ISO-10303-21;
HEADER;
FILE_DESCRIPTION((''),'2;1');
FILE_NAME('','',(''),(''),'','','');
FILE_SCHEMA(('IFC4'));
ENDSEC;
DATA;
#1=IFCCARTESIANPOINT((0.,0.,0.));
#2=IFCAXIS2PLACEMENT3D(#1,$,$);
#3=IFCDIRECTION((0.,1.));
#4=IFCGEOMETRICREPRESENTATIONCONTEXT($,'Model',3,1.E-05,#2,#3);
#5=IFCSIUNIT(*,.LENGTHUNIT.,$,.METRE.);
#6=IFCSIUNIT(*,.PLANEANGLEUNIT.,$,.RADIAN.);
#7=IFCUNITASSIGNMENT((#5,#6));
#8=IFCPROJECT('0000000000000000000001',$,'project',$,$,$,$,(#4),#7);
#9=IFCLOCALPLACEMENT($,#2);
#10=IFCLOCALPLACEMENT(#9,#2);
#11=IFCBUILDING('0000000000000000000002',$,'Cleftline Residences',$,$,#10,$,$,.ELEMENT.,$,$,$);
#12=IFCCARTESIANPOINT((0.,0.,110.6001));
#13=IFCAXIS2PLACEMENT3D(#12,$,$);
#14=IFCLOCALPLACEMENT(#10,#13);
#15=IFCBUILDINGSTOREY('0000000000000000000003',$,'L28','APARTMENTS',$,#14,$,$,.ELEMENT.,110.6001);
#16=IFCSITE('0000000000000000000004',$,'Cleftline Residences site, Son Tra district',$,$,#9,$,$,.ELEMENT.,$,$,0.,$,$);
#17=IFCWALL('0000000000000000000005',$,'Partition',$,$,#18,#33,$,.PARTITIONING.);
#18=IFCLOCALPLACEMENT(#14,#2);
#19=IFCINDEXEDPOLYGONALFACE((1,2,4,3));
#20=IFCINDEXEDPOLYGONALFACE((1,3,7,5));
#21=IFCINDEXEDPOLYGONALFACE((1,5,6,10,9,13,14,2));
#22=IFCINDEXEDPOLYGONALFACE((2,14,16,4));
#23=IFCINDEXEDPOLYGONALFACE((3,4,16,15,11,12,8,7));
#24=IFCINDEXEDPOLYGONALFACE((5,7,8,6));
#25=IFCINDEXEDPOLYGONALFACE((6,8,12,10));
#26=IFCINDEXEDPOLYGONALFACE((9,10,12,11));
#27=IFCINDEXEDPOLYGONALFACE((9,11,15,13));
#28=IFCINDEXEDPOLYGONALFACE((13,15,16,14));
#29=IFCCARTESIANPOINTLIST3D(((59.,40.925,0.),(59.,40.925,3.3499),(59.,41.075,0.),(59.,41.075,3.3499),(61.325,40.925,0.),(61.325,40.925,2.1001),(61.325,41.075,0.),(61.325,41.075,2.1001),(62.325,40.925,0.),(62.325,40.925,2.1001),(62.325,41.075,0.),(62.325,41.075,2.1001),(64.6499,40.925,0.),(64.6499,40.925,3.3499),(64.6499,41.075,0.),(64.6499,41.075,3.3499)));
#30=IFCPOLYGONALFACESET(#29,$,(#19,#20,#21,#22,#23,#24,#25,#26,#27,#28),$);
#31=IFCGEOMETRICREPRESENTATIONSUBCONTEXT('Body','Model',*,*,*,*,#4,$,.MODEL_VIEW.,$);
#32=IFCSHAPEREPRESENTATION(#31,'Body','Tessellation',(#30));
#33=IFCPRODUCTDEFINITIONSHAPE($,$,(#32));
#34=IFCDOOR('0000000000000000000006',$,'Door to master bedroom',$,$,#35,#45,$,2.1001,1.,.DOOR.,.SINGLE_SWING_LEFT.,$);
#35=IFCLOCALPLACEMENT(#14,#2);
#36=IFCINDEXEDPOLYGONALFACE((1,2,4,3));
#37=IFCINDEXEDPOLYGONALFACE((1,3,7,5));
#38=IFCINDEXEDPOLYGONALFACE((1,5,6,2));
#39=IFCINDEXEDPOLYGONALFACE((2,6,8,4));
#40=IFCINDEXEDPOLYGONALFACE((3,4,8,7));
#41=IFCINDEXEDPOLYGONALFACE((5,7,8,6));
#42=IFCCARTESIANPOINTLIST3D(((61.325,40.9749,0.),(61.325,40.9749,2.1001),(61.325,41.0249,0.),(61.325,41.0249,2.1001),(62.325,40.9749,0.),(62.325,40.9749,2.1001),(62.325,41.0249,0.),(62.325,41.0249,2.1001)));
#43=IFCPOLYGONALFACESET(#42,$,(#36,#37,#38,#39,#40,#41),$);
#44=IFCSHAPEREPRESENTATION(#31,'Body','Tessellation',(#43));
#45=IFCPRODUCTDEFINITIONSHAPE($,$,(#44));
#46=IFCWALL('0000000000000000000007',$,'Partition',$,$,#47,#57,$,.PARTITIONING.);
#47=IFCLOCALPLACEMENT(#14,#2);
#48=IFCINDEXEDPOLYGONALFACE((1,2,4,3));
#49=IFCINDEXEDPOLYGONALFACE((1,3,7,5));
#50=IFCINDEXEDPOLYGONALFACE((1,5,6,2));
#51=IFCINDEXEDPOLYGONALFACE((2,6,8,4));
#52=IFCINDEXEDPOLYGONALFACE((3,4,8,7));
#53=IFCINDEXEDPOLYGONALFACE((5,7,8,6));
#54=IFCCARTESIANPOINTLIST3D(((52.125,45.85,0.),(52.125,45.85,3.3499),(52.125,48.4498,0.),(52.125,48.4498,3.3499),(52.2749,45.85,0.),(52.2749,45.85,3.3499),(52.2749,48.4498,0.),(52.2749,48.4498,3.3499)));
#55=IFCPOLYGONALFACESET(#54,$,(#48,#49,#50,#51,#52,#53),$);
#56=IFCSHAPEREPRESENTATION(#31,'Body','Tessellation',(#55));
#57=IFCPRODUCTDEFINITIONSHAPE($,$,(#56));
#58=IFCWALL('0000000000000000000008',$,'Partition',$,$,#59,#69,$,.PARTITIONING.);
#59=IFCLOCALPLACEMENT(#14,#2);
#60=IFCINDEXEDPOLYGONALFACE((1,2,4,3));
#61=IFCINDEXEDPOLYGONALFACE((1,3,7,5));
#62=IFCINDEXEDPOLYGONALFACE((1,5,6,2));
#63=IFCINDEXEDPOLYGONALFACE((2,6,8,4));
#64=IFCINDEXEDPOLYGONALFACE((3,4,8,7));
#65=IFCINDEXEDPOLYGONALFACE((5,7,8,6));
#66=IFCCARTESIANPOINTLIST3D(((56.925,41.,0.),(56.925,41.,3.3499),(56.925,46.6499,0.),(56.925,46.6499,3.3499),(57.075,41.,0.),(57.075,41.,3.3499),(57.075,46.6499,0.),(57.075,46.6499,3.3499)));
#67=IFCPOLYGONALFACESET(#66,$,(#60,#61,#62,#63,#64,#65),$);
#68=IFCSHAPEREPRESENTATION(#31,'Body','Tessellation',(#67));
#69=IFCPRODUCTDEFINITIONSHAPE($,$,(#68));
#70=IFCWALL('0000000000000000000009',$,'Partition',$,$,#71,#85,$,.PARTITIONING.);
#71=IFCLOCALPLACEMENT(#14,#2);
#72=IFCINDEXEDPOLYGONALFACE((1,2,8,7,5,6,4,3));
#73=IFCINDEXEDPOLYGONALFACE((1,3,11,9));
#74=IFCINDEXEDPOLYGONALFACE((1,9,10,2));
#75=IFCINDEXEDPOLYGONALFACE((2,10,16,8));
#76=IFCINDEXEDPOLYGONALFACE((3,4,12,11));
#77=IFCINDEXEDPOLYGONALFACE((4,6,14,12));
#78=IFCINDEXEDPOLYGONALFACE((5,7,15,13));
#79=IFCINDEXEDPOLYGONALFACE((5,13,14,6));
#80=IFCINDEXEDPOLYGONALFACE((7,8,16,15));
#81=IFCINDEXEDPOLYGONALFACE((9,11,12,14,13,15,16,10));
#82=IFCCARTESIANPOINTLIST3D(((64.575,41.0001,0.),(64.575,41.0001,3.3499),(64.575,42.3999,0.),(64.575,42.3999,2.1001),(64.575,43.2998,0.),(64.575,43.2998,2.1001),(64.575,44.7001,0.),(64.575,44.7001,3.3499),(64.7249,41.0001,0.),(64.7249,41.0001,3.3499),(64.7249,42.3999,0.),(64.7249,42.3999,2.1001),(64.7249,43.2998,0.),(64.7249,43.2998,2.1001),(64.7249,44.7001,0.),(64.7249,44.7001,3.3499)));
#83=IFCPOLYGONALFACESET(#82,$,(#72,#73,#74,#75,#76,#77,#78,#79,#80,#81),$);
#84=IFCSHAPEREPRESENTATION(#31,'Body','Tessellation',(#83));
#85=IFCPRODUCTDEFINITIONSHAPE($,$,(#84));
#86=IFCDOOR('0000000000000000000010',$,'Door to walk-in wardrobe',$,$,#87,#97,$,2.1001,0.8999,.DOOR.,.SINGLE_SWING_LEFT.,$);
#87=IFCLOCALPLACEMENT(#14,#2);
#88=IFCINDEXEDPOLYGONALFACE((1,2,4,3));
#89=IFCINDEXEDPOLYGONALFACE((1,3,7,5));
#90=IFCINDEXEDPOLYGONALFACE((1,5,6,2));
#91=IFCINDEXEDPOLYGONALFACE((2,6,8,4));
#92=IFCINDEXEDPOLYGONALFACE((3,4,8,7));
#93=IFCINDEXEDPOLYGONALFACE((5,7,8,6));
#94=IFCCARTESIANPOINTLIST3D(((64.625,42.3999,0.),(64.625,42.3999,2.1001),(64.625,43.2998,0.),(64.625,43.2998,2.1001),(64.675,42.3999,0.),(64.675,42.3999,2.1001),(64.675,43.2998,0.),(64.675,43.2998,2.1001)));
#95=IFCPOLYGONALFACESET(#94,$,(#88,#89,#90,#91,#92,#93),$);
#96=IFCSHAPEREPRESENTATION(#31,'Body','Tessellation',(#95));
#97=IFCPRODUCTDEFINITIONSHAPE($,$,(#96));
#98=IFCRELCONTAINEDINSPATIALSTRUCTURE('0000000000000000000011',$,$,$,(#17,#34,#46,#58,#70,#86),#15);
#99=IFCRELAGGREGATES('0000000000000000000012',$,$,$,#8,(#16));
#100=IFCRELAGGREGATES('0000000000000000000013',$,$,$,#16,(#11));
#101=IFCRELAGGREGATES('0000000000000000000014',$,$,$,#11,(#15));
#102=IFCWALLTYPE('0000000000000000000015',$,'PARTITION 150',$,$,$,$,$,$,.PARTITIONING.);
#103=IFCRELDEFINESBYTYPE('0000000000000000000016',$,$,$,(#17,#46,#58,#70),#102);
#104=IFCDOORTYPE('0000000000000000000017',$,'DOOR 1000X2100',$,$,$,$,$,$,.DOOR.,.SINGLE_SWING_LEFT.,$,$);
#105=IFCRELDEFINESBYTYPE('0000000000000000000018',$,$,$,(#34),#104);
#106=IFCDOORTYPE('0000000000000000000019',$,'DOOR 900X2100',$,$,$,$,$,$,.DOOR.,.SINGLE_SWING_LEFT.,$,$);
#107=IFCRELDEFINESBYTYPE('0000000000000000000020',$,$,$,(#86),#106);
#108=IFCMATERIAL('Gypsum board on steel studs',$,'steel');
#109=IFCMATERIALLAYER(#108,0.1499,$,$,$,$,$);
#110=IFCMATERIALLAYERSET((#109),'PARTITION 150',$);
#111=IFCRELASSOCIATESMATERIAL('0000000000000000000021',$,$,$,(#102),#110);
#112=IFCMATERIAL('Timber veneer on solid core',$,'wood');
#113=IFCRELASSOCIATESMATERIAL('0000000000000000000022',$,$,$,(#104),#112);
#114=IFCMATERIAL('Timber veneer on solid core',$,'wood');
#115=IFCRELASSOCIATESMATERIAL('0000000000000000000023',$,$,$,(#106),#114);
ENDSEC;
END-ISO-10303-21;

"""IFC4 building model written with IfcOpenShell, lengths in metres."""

from ifc_helpers import new_model, si_unit, direction, frame, frame_2d, origin, place, context, subcontext, project, spatial, rectangle, extrude, material, layer, layer_set, type_object, element, fill, save


model = new_model("IFC4")

# Units and contexts
model_context = context("Model", 3, precision=1e-05, world=origin(), true_north=direction((0.0, 1.0)))
body_context = subcontext(model_context, "Body", "Model", "MODEL_VIEW")
ifc_project = project(units=[si_unit("LENGTHUNIT", "METRE"), si_unit("PLANEANGLEUNIT", "RADIAN")], contexts=[model_context])

# Site, building, storey
site_placement = place(None, origin())
site = spatial("IfcSite", under=ifc_project, at=site_placement, Name="Cleftline Residences site, Son Tra district", CompositionType="ELEMENT", RefElevation=0.0)
building_placement = place(site_placement, origin())
building = spatial("IfcBuilding", under=site, at=building_placement, Name="Cleftline Residences", CompositionType="ELEMENT")
storey_placement = place(building_placement, frame((0.0, 0.0, 110.6001)))
storey = spatial("IfcBuildingStorey", under=building, at=storey_placement, Name="L28", Description="APARTMENTS", CompositionType="ELEMENT", Elevation=110.6001)

# Wall, opening, door
ifc_material_1 = material(Name="Gypsum board on steel studs", Category="steel")
ifc_layer_1 = layer(ifc_material_1, 0.1499)
ifc_layer_set_1 = layer_set([ifc_layer_1], Name="PARTITION 150")
wall_type_1 = type_object("IfcWallType", Name="PARTITION 150", PredefinedType="PARTITIONING", material=ifc_layer_set_1)
wall_1_placement = place(storey_placement, frame((59.0, 41.0, 0.0), z_axis=(0.0, 0.0, 1.0), x_axis=(1.0, 0.0, 0.0)))
wall_1 = element("IfcWall", 1, at=wall_1_placement, inside=storey, type_object=wall_type_1, Name="Partition", PredefinedType="PARTITIONING", context=body_context, shape_type="SweptSolid", body=[
    extrude(rectangle(XDim=5.6499, YDim=0.1499, at=frame_2d((2.825, 0.0))), origin(), (0.0, 0.0, 1.0), 3.3499),
])
opening_1_placement = place(wall_1_placement, frame((2.325, 0.0, 0.0)))
opening_1 = element("IfcOpeningElement", 2, at=opening_1_placement, cuts=wall_1, PredefinedType="OPENING", context=body_context, shape_type="SweptSolid", body=[
    extrude(rectangle(XDim=1.0, YDim=2.1001, at=frame_2d((0.5, 1.05))), frame((0.0, 0.085, 0.0), z_axis=(0.0, -1.0, 0.0), x_axis=(1.0, 0.0, 0.0)), (0.0, 0.0, 1.0), 0.1699),
])
ifc_material_2 = material(Name="Timber veneer on solid core", Category="wood")
door_type_1 = type_object("IfcDoorType", Name="DOOR 1000X2100", OperationType="SINGLE_SWING_LEFT", PredefinedType="DOOR", material=ifc_material_2)
door_1_placement = place(opening_1_placement, origin())
door_1 = element("IfcDoor", 3, at=door_1_placement, inside=storey, type_object=door_type_1, Name="Door to master bedroom", OperationType="SINGLE_SWING_LEFT", OverallHeight=2.1001, OverallWidth=1.0, PredefinedType="DOOR", context=body_context, shape_type="SweptSolid", body=[
    extrude(rectangle(XDim=1.0, YDim=2.1001, at=frame_2d((0.5, 1.05))), frame((0.0, 0.0249, 0.0), z_axis=(0.0, -1.0, 0.0), x_axis=(1.0, 0.0, 0.0)), (0.0, 0.0, 1.0), 0.05),
])
fill(opening_1, door_1)

# Walls
wall_2_placement = place(storey_placement, frame((52.2, 45.8501, 0.0), z_axis=(0.0, 0.0, 1.0), x_axis=(0.0, 1.0, 0.0)))
element("IfcWall", 4, at=wall_2_placement, inside=storey, type_object=wall_type_1, Name="Partition", PredefinedType="PARTITIONING", context=body_context, shape_type="SweptSolid", body=[
    extrude(rectangle(XDim=2.5999, YDim=0.1499, at=frame_2d((1.2998, 0.0))), origin(), (0.0, 0.0, 1.0), 3.3499),
])
wall_3_placement = place(storey_placement, frame((57.0, 41.0, 0.0), z_axis=(0.0, 0.0, 1.0), x_axis=(0.0, 1.0, 0.0)))
element("IfcWall", 5, at=wall_3_placement, inside=storey, type_object=wall_type_1, Name="Partition", PredefinedType="PARTITIONING", context=body_context, shape_type="SweptSolid", body=[
    extrude(rectangle(XDim=5.6499, YDim=0.1499, at=frame_2d((2.825, 0.0))), origin(), (0.0, 0.0, 1.0), 3.3499),
])

# Wall, opening, door
wall_4_placement = place(storey_placement, frame((64.6499, 41.0, 0.0), z_axis=(0.0, 0.0, 1.0), x_axis=(0.0, 1.0, 0.0)))
wall_4 = element("IfcWall", 6, at=wall_4_placement, inside=storey, type_object=wall_type_1, Name="Partition", PredefinedType="PARTITIONING", context=body_context, shape_type="SweptSolid", body=[
    extrude(rectangle(XDim=3.7, YDim=0.1499, at=frame_2d((1.8501, 0.0))), origin(), (0.0, 0.0, 1.0), 3.3499),
])
opening_2_placement = place(wall_4_placement, frame((1.3999, 0.0, 0.0)))
opening_2 = element("IfcOpeningElement", 7, at=opening_2_placement, cuts=wall_4, PredefinedType="OPENING", context=body_context, shape_type="SweptSolid", body=[
    extrude(rectangle(XDim=0.8999, YDim=2.1001, at=frame_2d((0.45, 1.05))), frame((0.0, 0.085, 0.0), z_axis=(0.0, -1.0, 0.0), x_axis=(1.0, 0.0, 0.0)), (0.0, 0.0, 1.0), 0.1699),
])
ifc_material_3 = material(Name="Timber veneer on solid core", Category="wood")
door_type_2 = type_object("IfcDoorType", Name="DOOR 900X2100", OperationType="SINGLE_SWING_LEFT", PredefinedType="DOOR", material=ifc_material_3)
door_2_placement = place(opening_2_placement, origin())
door_2 = element("IfcDoor", 8, at=door_2_placement, inside=storey, type_object=door_type_2, Name="Door to walk-in wardrobe", OperationType="SINGLE_SWING_LEFT", OverallHeight=2.1001, OverallWidth=0.8999, PredefinedType="DOOR", context=body_context, shape_type="SweptSolid", body=[
    extrude(rectangle(XDim=0.8999, YDim=2.1001, at=frame_2d((0.45, 1.05))), frame((0.0, 0.0249, 0.0), z_axis=(0.0, -1.0, 0.0), x_axis=(1.0, 0.0, 0.0)), (0.0, 0.0, 1.0), 0.05),
])
fill(opening_2, door_2)

save(model, "model.ifc")
